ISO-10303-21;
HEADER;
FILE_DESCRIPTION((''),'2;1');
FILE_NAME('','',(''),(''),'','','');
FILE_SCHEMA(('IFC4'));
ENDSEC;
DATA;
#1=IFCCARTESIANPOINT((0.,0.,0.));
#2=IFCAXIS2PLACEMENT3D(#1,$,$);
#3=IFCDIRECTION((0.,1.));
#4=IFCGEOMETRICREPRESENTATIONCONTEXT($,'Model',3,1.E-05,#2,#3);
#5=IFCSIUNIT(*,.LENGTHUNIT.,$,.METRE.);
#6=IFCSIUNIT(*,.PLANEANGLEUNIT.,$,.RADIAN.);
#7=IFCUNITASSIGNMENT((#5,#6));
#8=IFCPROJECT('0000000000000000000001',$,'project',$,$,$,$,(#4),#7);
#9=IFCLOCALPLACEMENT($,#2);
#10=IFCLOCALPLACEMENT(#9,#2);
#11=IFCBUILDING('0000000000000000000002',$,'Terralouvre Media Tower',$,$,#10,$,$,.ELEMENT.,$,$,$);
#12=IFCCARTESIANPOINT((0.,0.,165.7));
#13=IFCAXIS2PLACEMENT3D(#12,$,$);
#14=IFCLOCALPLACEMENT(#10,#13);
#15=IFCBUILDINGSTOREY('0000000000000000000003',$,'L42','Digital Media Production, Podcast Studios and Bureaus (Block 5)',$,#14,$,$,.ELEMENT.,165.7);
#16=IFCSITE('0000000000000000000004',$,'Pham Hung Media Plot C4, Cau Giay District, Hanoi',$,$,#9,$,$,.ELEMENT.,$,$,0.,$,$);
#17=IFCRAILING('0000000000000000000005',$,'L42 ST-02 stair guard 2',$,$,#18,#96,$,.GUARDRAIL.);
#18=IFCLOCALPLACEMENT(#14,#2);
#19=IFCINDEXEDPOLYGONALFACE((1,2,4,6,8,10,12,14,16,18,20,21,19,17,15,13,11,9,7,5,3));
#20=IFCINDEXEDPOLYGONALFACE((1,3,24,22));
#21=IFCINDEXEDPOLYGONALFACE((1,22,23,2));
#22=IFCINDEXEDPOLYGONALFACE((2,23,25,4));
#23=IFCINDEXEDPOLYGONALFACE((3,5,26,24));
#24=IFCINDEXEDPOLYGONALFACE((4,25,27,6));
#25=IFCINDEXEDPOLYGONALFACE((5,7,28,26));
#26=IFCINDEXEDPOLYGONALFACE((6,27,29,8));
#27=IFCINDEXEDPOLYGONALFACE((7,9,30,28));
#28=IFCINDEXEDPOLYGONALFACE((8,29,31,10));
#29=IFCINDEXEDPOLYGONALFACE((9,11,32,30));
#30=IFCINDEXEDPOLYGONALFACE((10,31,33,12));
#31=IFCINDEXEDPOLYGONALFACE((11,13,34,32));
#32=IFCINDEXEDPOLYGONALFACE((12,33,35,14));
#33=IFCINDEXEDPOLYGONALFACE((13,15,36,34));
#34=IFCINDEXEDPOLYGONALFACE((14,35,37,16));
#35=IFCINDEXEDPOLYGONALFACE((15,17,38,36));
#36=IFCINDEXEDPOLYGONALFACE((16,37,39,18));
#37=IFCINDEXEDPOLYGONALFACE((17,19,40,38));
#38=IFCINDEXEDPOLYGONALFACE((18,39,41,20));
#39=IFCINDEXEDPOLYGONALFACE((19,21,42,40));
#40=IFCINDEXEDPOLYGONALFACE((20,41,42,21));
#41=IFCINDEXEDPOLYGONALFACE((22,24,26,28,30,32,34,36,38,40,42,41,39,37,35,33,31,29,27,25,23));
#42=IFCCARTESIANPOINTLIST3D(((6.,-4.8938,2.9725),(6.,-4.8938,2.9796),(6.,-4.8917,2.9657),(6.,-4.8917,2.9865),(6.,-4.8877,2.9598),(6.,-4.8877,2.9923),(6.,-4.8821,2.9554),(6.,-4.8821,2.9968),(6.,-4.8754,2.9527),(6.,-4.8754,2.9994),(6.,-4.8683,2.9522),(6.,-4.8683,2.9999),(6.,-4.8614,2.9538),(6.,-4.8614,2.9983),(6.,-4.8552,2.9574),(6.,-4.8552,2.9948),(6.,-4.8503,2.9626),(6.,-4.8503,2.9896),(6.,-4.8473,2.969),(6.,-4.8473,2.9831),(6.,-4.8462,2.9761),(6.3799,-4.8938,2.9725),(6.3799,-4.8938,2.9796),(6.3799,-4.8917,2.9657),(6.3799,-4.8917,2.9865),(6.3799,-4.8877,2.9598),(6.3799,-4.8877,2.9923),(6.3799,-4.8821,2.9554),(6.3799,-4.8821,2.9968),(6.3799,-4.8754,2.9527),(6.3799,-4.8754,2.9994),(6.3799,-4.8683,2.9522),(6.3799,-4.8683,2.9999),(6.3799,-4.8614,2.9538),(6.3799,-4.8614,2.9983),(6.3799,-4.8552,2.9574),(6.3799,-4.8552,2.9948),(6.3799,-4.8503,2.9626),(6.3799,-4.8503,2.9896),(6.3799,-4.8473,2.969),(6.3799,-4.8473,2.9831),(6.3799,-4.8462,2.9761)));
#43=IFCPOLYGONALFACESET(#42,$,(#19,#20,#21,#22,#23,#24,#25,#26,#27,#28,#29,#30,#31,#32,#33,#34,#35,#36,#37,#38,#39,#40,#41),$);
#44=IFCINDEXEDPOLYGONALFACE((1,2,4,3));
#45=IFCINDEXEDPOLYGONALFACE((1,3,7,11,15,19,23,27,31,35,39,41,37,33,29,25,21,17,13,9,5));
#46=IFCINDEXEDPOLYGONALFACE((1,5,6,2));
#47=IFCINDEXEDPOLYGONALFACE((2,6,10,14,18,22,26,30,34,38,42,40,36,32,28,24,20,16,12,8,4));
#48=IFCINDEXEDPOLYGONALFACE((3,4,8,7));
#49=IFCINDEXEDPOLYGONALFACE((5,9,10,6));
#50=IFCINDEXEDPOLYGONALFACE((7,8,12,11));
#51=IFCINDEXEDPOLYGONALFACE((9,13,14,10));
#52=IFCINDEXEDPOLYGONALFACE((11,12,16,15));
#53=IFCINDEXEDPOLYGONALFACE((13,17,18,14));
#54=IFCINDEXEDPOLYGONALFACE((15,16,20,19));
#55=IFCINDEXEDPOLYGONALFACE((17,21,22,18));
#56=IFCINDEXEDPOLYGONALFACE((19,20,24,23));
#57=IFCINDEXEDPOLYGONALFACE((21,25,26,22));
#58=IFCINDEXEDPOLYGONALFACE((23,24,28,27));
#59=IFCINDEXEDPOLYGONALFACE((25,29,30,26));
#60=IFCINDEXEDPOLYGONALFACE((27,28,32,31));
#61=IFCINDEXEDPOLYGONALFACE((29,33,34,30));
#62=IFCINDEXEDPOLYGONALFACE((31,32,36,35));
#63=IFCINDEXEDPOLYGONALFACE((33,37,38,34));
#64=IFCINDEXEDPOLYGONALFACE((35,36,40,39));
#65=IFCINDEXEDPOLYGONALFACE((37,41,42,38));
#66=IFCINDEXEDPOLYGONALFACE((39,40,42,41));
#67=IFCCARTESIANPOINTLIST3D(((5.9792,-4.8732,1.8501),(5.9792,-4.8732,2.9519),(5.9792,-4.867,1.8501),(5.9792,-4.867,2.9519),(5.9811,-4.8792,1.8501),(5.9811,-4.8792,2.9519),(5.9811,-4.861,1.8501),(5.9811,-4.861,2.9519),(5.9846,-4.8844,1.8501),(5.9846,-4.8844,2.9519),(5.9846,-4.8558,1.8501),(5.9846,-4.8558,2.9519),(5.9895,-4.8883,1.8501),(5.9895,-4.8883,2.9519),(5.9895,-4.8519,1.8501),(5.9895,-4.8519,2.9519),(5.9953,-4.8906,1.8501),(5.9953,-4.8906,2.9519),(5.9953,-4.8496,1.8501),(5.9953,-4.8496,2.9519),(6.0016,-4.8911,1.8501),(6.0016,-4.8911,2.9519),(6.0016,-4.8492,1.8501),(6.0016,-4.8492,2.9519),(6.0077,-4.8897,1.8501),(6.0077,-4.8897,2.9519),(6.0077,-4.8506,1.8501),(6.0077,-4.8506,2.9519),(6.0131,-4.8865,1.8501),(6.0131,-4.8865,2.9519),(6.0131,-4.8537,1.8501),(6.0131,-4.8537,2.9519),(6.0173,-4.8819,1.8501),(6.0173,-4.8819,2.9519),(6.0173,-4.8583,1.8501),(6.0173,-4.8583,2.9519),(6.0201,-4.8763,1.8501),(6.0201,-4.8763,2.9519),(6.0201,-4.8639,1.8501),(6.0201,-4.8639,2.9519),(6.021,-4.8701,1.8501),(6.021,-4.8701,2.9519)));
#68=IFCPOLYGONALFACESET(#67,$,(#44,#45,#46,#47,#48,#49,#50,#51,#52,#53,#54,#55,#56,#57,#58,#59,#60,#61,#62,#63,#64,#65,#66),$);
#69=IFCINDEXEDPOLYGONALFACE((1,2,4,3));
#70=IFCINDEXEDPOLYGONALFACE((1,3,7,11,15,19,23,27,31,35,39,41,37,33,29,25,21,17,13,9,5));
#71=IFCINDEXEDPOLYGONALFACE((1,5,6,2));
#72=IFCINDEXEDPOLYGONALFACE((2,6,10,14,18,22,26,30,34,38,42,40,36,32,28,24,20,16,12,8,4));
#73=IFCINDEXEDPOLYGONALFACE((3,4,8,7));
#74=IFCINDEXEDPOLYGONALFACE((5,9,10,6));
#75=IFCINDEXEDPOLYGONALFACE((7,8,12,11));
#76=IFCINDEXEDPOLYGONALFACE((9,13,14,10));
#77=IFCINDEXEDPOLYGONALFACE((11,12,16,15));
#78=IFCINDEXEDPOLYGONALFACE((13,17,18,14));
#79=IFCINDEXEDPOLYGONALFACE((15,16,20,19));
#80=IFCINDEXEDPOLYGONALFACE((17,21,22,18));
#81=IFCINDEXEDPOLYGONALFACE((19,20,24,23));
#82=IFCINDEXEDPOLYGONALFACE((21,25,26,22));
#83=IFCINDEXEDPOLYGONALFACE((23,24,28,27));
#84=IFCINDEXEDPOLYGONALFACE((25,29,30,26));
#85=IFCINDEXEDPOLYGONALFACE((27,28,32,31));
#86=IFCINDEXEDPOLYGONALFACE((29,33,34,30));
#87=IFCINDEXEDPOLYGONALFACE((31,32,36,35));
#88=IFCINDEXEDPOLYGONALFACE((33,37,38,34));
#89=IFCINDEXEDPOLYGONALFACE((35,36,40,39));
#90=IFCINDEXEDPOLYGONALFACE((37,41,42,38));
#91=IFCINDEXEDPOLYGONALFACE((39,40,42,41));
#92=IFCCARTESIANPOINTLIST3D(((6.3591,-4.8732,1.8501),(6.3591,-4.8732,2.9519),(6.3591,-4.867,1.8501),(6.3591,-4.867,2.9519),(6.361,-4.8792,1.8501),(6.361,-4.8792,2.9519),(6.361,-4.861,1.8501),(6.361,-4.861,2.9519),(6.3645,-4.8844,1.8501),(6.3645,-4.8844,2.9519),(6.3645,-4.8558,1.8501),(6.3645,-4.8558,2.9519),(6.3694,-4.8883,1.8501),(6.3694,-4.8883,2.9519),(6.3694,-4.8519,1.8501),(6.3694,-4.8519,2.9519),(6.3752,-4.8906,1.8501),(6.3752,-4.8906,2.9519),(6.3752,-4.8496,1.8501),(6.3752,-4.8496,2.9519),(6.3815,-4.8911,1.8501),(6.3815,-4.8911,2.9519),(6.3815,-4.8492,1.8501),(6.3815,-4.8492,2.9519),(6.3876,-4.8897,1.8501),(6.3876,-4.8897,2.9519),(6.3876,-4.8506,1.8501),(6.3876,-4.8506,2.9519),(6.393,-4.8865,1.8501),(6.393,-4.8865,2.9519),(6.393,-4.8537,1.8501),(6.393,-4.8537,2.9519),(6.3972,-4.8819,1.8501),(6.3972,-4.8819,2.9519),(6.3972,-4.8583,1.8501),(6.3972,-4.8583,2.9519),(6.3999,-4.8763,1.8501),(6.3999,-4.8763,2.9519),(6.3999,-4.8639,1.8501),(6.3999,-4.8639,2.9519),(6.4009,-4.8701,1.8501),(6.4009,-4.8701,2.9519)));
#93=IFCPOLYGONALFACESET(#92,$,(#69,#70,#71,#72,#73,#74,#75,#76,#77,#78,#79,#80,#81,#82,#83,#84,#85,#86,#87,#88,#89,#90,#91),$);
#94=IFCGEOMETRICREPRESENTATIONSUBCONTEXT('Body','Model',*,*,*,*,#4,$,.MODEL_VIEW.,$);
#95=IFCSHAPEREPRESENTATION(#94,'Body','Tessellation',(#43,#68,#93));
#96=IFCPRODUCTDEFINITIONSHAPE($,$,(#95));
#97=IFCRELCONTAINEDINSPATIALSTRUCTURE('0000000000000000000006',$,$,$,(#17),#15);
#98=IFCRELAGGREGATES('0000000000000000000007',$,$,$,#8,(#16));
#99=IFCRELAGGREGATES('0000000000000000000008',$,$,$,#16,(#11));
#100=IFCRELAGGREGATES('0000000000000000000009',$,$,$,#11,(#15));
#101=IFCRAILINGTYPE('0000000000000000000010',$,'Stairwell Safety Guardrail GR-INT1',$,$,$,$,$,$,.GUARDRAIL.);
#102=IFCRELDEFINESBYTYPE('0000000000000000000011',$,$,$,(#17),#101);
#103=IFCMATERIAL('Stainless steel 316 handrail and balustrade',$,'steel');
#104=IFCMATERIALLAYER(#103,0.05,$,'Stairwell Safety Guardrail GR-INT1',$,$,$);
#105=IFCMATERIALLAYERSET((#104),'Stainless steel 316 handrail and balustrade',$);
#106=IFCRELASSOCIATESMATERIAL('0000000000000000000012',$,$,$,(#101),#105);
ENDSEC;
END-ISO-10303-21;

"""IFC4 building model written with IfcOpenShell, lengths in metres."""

from ifc_helpers import new_model, si_unit, direction, frame, origin, origin_2d, place, context, subcontext, project, spatial, circle, extrude, material, layer, layer_set, type_object, element, save


model = new_model("IFC4")

# Units and contexts
model_context = context("Model", 3, precision=1e-05, world=origin(), true_north=direction((0.0, 1.0)))
body_context = subcontext(model_context, "Body", "Model", "MODEL_VIEW")
ifc_project = project(units=[si_unit("LENGTHUNIT", "METRE"), si_unit("PLANEANGLEUNIT", "RADIAN")], contexts=[model_context])

# Site, building, storey
site_placement = place(None, origin())
site = spatial("IfcSite", under=ifc_project, at=site_placement, Name="Pham Hung Media Plot C4, Cau Giay District, Hanoi", CompositionType="ELEMENT", RefElevation=0.0)
building_placement = place(site_placement, origin())
building = spatial("IfcBuilding", under=site, at=building_placement, Name="Terralouvre Media Tower", CompositionType="ELEMENT")
storey_placement = place(building_placement, frame((0.0, 0.0, 165.7)))
storey = spatial("IfcBuildingStorey", under=building, at=storey_placement, Name="L42", Description="Digital Media Production, Podcast Studios and Bureaus (Block 5)", CompositionType="ELEMENT", Elevation=165.7)

# Railing
ifc_material_1 = material(Name="Stainless steel 316 handrail and balustrade", Category="steel")
ifc_layer_1 = layer(ifc_material_1, 0.05, Name="Stairwell Safety Guardrail GR-INT1")
ifc_layer_set_1 = layer_set([ifc_layer_1], Name="Stainless steel 316 handrail and balustrade")
railing_type_1 = type_object("IfcRailingType", Name="Stairwell Safety Guardrail GR-INT1", PredefinedType="GUARDRAIL", material=ifc_layer_set_1)
railing_1_placement = place(storey_placement, frame((6.0, -4.8701, 1.8501)))
element("IfcRailing", 1, at=railing_1_placement, inside=storey, type_object=railing_type_1, Name="L42 ST-02 stair guard 2", PredefinedType="GUARDRAIL", context=body_context, shape_type="SweptSolid", body=[
    extrude(circle(Radius=0.0239, at=origin_2d()), frame((0.0, 0.0, 1.126), z_axis=(1.0, 0.0, 0.0), x_axis=(0.0, 1.0, 0.0)), (0.0, 0.0, 1.0), 0.3799),
    extrude(circle(Radius=0.021, at=origin_2d()), origin(), (0.0, 0.0, 1.0), 1.1018),
    extrude(circle(Radius=0.021, at=origin_2d()), frame((0.3799, 0.0, 0.0)), (0.0, 0.0, 1.0), 1.1018),
])

save(model, "model.ifc")
